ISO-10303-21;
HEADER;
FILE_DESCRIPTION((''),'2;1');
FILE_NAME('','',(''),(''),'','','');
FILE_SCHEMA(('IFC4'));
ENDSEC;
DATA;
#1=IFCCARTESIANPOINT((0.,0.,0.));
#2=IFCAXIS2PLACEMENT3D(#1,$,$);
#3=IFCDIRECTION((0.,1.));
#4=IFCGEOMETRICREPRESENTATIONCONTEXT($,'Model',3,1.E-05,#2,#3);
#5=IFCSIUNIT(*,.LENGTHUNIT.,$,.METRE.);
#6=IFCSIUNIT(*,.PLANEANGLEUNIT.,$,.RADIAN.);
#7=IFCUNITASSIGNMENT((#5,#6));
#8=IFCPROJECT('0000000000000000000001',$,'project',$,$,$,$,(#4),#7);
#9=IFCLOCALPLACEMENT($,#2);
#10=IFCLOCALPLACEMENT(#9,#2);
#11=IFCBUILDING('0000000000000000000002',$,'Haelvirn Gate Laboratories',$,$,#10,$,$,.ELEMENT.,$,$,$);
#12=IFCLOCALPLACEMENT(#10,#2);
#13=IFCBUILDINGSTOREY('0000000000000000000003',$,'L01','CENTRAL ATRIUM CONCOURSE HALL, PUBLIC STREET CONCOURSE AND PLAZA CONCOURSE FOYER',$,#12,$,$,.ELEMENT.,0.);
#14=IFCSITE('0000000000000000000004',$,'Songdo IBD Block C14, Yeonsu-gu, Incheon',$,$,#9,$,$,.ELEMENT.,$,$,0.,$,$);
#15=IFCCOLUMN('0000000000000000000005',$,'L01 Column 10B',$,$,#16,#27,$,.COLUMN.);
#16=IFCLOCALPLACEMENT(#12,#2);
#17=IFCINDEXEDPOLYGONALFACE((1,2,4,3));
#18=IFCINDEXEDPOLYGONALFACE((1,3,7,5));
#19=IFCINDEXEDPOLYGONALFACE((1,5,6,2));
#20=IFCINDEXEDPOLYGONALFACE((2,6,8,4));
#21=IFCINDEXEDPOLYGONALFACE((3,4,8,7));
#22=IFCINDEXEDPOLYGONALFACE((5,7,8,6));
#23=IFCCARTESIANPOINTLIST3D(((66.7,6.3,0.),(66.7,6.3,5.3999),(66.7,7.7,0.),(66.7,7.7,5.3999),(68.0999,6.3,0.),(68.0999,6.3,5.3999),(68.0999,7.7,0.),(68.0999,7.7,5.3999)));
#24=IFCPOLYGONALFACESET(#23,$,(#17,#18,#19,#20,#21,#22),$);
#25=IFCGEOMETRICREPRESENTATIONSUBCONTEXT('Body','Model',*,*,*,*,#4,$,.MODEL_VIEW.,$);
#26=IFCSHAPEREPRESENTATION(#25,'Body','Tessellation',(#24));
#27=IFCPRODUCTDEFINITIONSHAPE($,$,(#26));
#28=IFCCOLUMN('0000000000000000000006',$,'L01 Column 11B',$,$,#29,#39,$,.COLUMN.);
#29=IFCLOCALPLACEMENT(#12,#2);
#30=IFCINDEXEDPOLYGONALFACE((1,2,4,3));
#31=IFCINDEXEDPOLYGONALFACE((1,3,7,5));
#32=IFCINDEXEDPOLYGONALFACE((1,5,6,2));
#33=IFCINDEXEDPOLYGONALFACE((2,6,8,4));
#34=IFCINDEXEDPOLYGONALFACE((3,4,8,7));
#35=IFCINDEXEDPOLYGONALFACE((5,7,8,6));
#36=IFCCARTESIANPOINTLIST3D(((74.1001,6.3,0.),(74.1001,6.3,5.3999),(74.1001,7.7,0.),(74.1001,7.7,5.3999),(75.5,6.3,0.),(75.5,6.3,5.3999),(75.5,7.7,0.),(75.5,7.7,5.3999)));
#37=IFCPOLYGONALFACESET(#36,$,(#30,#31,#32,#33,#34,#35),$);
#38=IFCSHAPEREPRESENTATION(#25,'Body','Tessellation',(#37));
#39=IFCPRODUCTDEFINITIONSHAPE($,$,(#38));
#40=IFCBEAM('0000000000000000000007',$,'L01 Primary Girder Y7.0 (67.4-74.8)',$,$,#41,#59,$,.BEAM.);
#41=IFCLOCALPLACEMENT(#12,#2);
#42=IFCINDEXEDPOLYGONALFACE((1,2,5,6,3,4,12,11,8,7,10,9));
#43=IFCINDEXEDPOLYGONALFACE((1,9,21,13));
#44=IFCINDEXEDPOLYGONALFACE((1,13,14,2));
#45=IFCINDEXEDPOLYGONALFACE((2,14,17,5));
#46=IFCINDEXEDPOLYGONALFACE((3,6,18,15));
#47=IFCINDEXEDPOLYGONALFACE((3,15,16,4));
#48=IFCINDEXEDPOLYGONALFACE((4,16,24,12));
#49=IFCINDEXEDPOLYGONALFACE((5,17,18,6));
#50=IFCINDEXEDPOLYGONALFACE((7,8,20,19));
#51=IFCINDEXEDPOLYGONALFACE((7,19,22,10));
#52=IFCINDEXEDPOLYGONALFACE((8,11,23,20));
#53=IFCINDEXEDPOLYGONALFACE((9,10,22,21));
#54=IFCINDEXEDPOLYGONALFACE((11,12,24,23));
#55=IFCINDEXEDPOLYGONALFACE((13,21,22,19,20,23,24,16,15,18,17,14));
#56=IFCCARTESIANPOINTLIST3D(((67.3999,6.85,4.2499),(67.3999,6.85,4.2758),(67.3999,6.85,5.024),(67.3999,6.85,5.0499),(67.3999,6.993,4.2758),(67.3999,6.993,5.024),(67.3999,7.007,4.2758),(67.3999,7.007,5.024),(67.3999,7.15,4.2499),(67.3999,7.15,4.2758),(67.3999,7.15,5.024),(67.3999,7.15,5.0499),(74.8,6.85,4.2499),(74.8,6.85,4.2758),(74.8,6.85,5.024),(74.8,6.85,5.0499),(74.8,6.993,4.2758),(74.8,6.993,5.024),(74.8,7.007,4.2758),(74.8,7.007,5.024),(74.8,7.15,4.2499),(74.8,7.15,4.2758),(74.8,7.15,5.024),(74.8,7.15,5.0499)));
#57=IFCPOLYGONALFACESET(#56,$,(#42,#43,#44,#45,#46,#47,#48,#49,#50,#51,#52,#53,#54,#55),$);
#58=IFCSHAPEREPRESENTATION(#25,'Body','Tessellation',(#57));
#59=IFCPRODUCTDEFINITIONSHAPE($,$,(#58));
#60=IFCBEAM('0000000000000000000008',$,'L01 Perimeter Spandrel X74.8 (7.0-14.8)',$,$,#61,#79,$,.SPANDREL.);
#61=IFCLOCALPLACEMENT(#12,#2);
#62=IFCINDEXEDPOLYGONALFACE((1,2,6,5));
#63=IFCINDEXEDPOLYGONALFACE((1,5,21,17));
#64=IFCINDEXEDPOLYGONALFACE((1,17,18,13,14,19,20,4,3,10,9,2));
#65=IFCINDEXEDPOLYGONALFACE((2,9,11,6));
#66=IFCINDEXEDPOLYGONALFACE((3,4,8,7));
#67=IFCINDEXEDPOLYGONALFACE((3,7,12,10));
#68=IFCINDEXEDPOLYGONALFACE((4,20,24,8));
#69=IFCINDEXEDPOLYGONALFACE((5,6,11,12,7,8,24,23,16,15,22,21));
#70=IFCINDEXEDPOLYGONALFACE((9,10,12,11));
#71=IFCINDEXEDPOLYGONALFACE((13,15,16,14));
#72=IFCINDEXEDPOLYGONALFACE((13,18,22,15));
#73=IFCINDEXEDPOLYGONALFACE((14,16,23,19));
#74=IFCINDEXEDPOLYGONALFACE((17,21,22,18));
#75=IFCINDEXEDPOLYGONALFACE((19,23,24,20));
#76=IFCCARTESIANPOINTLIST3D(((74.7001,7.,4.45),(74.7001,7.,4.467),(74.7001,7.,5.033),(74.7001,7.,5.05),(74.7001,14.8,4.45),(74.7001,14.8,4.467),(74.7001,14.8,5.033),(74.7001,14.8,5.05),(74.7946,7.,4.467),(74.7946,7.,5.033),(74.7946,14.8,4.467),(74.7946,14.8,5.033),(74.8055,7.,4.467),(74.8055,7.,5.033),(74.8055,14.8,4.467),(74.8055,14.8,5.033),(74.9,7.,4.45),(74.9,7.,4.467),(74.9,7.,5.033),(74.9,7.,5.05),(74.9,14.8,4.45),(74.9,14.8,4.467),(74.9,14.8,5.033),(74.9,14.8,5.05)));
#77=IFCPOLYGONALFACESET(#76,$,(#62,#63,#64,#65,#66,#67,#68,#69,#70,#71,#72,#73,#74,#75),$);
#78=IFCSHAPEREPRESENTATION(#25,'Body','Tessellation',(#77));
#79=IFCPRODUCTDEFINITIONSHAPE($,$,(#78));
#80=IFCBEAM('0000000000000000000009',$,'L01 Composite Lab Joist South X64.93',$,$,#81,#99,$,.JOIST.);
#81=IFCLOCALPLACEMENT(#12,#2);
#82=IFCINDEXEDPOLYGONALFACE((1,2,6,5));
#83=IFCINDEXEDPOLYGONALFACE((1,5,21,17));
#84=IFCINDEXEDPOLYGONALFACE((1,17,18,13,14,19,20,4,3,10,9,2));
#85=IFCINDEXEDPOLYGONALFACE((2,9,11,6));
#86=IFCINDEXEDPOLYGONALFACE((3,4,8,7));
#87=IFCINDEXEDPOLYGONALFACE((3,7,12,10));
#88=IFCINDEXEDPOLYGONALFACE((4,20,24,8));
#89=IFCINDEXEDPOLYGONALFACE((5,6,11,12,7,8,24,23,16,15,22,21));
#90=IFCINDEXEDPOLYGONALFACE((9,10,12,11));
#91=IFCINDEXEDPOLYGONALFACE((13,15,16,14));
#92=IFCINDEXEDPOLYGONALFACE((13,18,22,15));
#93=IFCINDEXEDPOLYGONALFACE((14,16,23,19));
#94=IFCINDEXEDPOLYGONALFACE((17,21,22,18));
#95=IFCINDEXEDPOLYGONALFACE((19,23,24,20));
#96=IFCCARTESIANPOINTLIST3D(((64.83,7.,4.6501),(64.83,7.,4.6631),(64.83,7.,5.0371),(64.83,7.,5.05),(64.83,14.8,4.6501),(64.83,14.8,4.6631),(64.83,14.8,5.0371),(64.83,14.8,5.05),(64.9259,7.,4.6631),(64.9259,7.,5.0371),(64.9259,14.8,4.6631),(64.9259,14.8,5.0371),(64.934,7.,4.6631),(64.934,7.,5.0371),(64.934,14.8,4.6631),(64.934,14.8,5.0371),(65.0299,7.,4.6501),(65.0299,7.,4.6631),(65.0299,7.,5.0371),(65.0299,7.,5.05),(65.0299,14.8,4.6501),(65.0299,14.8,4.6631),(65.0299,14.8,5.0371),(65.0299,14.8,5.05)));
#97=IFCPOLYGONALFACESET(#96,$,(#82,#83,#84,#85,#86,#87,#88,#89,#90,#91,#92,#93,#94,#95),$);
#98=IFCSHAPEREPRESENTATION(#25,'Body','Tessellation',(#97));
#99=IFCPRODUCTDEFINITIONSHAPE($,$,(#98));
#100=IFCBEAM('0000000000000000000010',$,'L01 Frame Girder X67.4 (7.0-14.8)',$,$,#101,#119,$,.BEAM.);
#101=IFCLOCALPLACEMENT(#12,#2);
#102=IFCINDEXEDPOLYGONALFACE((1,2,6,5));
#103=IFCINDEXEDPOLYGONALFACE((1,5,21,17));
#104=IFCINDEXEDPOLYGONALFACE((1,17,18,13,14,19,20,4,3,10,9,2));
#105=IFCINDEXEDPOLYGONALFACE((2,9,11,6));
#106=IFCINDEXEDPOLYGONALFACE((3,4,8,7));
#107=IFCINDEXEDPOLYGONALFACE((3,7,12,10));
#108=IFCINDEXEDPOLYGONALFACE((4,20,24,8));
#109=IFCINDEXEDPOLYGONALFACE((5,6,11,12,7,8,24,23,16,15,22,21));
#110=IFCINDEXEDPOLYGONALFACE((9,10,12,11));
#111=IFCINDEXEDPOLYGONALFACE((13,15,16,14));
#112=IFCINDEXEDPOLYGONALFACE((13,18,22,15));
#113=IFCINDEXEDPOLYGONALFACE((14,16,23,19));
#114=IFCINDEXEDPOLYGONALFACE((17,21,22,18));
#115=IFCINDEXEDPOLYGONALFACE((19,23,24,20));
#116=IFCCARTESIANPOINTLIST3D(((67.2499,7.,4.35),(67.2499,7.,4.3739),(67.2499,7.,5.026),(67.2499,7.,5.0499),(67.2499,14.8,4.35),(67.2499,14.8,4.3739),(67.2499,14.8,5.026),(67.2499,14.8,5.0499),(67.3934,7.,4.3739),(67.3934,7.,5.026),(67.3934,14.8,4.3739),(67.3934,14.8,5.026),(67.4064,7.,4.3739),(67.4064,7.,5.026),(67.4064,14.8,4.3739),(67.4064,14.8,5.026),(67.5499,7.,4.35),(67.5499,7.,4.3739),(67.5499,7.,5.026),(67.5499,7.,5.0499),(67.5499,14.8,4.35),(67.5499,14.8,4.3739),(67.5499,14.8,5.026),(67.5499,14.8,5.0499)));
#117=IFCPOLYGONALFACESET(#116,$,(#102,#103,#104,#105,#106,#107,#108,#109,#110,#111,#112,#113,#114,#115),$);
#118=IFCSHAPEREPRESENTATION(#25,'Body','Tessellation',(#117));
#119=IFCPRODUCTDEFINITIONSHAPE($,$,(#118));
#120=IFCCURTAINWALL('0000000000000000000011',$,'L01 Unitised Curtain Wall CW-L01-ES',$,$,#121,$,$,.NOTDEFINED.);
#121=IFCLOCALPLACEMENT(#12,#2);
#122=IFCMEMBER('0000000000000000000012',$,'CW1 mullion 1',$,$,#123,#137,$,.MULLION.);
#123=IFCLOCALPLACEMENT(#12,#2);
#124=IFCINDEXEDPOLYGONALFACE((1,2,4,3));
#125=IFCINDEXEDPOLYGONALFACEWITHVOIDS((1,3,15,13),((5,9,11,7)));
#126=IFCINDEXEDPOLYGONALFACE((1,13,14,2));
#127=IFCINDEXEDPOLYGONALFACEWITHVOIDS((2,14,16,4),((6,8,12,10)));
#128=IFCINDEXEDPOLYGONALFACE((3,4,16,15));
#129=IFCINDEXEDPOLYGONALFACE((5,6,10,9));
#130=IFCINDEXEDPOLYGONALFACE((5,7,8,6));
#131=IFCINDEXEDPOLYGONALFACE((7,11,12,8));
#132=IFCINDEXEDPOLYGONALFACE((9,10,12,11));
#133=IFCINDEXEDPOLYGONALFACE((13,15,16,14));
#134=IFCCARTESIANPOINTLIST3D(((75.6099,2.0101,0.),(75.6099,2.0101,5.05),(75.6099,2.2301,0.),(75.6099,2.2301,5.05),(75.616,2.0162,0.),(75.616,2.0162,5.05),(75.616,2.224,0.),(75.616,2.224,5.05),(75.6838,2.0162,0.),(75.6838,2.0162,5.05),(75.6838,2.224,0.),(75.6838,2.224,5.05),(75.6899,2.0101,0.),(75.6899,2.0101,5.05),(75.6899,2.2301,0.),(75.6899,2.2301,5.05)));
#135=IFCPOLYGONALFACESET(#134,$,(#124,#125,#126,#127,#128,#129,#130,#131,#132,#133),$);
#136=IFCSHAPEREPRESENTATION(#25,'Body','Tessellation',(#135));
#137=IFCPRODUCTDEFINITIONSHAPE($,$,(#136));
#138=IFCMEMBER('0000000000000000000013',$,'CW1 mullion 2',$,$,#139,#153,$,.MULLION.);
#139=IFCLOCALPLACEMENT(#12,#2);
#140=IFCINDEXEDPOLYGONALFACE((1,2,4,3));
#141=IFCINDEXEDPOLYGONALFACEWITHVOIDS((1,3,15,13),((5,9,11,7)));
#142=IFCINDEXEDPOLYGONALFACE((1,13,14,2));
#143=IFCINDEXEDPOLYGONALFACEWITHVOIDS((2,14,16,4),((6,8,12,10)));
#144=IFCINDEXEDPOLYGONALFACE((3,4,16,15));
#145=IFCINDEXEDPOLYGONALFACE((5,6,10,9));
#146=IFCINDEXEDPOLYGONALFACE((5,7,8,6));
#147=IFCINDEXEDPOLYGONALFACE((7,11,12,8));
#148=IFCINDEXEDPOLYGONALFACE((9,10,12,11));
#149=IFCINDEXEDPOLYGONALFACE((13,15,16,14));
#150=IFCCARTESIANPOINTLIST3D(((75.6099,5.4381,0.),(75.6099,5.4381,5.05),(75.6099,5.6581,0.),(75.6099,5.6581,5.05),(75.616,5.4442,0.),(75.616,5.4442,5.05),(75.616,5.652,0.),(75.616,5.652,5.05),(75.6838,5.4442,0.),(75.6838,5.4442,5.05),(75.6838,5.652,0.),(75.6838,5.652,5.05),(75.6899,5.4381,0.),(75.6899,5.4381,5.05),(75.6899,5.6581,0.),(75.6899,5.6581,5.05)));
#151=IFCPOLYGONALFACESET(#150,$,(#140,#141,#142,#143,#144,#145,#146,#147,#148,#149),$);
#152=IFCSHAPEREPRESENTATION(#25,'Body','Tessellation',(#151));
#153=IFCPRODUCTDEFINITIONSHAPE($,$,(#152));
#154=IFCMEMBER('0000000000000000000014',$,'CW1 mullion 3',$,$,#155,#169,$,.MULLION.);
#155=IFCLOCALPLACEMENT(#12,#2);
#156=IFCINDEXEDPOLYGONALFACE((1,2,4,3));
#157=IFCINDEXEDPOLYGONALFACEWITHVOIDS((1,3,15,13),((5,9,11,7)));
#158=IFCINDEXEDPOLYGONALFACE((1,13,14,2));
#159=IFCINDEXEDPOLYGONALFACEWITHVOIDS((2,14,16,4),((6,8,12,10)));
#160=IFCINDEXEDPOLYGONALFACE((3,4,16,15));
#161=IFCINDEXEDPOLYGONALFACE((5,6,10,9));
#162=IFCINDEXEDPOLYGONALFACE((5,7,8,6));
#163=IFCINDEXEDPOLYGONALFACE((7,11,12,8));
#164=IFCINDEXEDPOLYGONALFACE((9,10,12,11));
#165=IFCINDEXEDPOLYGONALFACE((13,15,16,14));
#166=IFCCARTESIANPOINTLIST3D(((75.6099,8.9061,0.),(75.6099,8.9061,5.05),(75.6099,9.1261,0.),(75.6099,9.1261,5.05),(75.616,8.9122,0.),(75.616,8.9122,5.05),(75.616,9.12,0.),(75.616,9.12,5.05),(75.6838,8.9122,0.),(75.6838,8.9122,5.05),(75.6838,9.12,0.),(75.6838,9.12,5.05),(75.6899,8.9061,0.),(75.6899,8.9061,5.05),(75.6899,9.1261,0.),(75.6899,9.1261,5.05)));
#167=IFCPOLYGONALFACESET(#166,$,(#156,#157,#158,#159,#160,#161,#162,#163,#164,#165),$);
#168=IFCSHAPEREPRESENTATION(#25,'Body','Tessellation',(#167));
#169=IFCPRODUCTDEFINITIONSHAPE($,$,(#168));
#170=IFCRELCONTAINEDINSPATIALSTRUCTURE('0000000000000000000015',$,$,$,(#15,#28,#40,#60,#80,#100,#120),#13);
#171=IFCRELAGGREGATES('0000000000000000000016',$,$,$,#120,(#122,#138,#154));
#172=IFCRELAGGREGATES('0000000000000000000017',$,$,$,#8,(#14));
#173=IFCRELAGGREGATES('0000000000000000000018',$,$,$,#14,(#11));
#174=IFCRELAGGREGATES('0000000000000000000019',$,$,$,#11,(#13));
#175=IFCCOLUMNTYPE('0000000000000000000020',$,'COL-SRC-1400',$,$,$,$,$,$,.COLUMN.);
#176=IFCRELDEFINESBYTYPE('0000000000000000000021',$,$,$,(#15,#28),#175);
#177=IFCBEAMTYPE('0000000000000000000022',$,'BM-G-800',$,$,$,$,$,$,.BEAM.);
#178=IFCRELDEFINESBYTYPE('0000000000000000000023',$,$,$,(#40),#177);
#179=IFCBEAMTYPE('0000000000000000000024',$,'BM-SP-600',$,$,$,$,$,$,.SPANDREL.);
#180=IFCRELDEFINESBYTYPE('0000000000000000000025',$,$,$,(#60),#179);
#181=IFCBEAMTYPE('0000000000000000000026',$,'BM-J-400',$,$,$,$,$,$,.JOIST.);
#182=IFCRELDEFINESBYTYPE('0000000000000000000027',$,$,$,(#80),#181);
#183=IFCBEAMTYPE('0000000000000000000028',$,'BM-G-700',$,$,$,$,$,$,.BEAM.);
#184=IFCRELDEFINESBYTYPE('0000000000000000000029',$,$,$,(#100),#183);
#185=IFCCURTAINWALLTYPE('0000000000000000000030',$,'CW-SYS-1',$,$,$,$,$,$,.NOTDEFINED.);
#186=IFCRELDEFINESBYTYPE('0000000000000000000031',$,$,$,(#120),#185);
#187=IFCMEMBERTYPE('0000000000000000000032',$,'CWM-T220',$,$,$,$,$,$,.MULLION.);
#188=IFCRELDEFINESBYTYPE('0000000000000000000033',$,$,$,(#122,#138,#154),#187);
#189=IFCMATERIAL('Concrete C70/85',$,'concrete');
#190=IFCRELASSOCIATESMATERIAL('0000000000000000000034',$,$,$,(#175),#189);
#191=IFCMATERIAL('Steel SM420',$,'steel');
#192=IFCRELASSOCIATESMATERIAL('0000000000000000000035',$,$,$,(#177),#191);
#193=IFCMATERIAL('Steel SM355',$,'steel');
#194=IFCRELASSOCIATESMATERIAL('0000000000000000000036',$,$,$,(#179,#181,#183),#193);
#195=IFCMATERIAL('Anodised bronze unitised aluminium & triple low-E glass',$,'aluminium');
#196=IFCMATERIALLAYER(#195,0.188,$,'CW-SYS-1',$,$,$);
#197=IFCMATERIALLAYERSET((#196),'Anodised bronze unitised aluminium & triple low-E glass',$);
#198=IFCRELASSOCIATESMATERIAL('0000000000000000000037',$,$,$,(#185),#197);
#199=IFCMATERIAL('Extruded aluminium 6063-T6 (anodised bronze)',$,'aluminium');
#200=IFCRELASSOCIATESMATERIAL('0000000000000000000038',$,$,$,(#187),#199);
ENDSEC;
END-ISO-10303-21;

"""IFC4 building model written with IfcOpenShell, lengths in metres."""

from ifc_helpers import new_model, si_unit, direction, frame, origin, origin_2d, place, context, subcontext, project, spatial, rectangle, hollow_rectangle, i_section, extrude, source, transform, mapped, material, layer, layer_set, material_profile, profile_set, type_object, type_shapes, element, aggregate, save


model = new_model("IFC4")

# Units and contexts
model_context = context("Model", 3, precision=1e-05, world=origin(), true_north=direction((0.0, 1.0)))
body_context = subcontext(model_context, "Body", "Model", "MODEL_VIEW")
ifc_project = project(units=[si_unit("LENGTHUNIT", "METRE"), si_unit("PLANEANGLEUNIT", "RADIAN")], contexts=[model_context])

# Site, building, storey
site_placement = place(None, origin())
site = spatial("IfcSite", under=ifc_project, at=site_placement, Name="Songdo IBD Block C14, Yeonsu-gu, Incheon", CompositionType="ELEMENT", RefElevation=0.0)
building_placement = place(site_placement, origin())
building = spatial("IfcBuilding", under=site, at=building_placement, Name="Haelvirn Gate Laboratories", CompositionType="ELEMENT")
storey_placement = place(building_placement, origin())
storey = spatial("IfcBuildingStorey", under=building, at=storey_placement, Name="L01", Description="CENTRAL ATRIUM CONCOURSE HALL, PUBLIC STREET CONCOURSE AND PLAZA CONCOURSE FOYER", CompositionType="ELEMENT", Elevation=0.0)

# Columns
ifc_material_1 = material(Name="Concrete C70/85", Category="concrete")
ifc_material_profile_1 = material_profile(ifc_material_1, rectangle(XDim=1.3999, YDim=1.3999, at=origin_2d()), Name="SRC-1400x1400")
ifc_profile_set_1 = profile_set([ifc_material_profile_1], Name="Concrete C70/85")
column_type = type_object("IfcColumnType", Name="COL-SRC-1400", PredefinedType="COLUMN", material=ifc_profile_set_1)
shared_shape_1 = source(origin(), body_context, "Body", "SweptSolid", [
    extrude(rectangle(XDim=1.3999, YDim=1.3999, at=origin_2d()), origin(), (0.0, 0.0, 1.0), 5.3999),
])
type_shapes(column_type, [shared_shape_1])
for number, where, z_axis, x_axis, name in (
    (1, (67.3999, 7.0, 0.0), (0.0, 0.0, 1.0), (1.0, 0.0, 0.0), "L01 Column 10B"),
    (2, (74.8, 7.0, 0.0), (0.0, 0.0, 1.0), (1.0, 0.0, 0.0), "L01 Column 11B"),
):
    element("IfcColumn", number, at=place(storey_placement, frame(where, z_axis=z_axis, x_axis=x_axis)), inside=storey, type_object=column_type, Name=name, PredefinedType="COLUMN", context=body_context, shape_type="MappedRepresentation", body=[
        mapped(shared_shape_1, transform((0.0, 0.0, 0.0), scale=1.0)),
    ])

# Beams
ifc_material_2 = material(Name="Steel SM420", Category="steel")
ifc_material_profile_2 = material_profile(ifc_material_2, i_section(OverallWidth=0.3, OverallDepth=0.8, WebThickness=0.0139, FlangeThickness=0.0259, at=origin_2d()), Name="H-800x300x14x26")
ifc_profile_set_2 = profile_set([ifc_material_profile_2], Name="Steel SM420")
beam_type_1 = type_object("IfcBeamType", Name="BM-G-800", PredefinedType="BEAM", material=ifc_profile_set_2)
shared_shape_2 = source(origin(), body_context, "Body", "SweptSolid", [
    extrude(i_section(OverallWidth=0.3, OverallDepth=0.8, WebThickness=0.0139, FlangeThickness=0.0259, at=origin_2d()), origin(), (0.0, 0.0, 1.0), 7.4001),
])
type_shapes(beam_type_1, [shared_shape_2])
beam_1_placement = place(storey_placement, frame((67.3999, 7.0, 4.6499), z_axis=(1.0, 0.0, 0.0), x_axis=(0.0, 1.0, 0.0)))
element("IfcBeam", 3, at=beam_1_placement, inside=storey, type_object=beam_type_1, Name="L01 Primary Girder Y7.0 (67.4-74.8)", PredefinedType="BEAM", context=body_context, shape_type="MappedRepresentation", body=[
    mapped(shared_shape_2, transform((0.0, 0.0, 0.0), scale=1.0)),
])
ifc_material_3 = material(Name="Steel SM355", Category="steel")
ifc_material_profile_3 = material_profile(ifc_material_3, i_section(OverallWidth=0.2, OverallDepth=0.6001, WebThickness=0.011, FlangeThickness=0.0171, at=origin_2d()), Name="H-600x200x11x17")
ifc_profile_set_3 = profile_set([ifc_material_profile_3], Name="Steel SM355")
beam_type_2 = type_object("IfcBeamType", Name="BM-SP-600", PredefinedType="SPANDREL", material=ifc_profile_set_3)
shared_shape_3 = source(origin(), body_context, "Body", "SweptSolid", [
    extrude(i_section(OverallWidth=0.2, OverallDepth=0.6001, WebThickness=0.011, FlangeThickness=0.0171, at=origin_2d()), origin(), (0.0, 0.0, 1.0), 7.8),
])
type_shapes(beam_type_2, [shared_shape_3])
beam_2_placement = place(storey_placement, frame((74.8, 7.0, 4.75), z_axis=(0.0, 1.0, 0.0), x_axis=(-1.0, 0.0, 0.0)))
element("IfcBeam", 4, at=beam_2_placement, inside=storey, type_object=beam_type_2, Name="L01 Perimeter Spandrel X74.8 (7.0-14.8)", PredefinedType="SPANDREL", context=body_context, shape_type="MappedRepresentation", body=[
    mapped(shared_shape_3, transform((0.0, 0.0, 0.0), scale=1.0)),
])
ifc_material_profile_4 = material_profile(ifc_material_3, i_section(OverallWidth=0.2, OverallDepth=0.3999, WebThickness=0.0081, FlangeThickness=0.0129, at=origin_2d()), Name="H-400x200x8x13")
ifc_profile_set_4 = profile_set([ifc_material_profile_4], Name="Steel SM355")
beam_type_3 = type_object("IfcBeamType", Name="BM-J-400", PredefinedType="JOIST", material=ifc_profile_set_4)
shared_shape_4 = source(origin(), body_context, "Body", "SweptSolid", [
    extrude(i_section(OverallWidth=0.2, OverallDepth=0.3999, WebThickness=0.0081, FlangeThickness=0.0129, at=origin_2d()), origin(), (0.0, 0.0, 1.0), 7.8),
])
type_shapes(beam_type_3, [shared_shape_4])
beam_3_placement = place(storey_placement, frame((64.9299, 7.0, 4.8501), z_axis=(0.0, 1.0, 0.0), x_axis=(-1.0, 0.0, 0.0)))
element("IfcBeam", 5, at=beam_3_placement, inside=storey, type_object=beam_type_3, Name="L01 Composite Lab Joist South X64.93", PredefinedType="JOIST", context=body_context, shape_type="MappedRepresentation", body=[
    mapped(shared_shape_4, transform((0.0, 0.0, 0.0), scale=1.0)),
])
ifc_material_profile_5 = material_profile(ifc_material_3, i_section(OverallWidth=0.3, OverallDepth=0.7, WebThickness=0.0129, FlangeThickness=0.0239, at=origin_2d()), Name="H-700x300x13x24")
ifc_profile_set_5 = profile_set([ifc_material_profile_5], Name="Steel SM355")
beam_type_4 = type_object("IfcBeamType", Name="BM-G-700", PredefinedType="BEAM", material=ifc_profile_set_5)
shared_shape_5 = source(origin(), body_context, "Body", "SweptSolid", [
    extrude(i_section(OverallWidth=0.3, OverallDepth=0.7, WebThickness=0.0129, FlangeThickness=0.0239, at=origin_2d()), origin(), (0.0, 0.0, 1.0), 7.8),
])
type_shapes(beam_type_4, [shared_shape_5])
beam_4_placement = place(storey_placement, frame((67.3999, 7.0, 4.7), z_axis=(0.0, 1.0, 0.0), x_axis=(-1.0, 0.0, 0.0)))
element("IfcBeam", 6, at=beam_4_placement, inside=storey, type_object=beam_type_4, Name="L01 Frame Girder X67.4 (7.0-14.8)", PredefinedType="BEAM", context=body_context, shape_type="MappedRepresentation", body=[
    mapped(shared_shape_5, transform((0.0, 0.0, 0.0), scale=1.0)),
])

# Curtain wall, members
ifc_material_4 = material(Name="Anodised bronze unitised aluminium & triple low-E glass", Category="aluminium")
ifc_layer_1 = layer(ifc_material_4, 0.188, Name="CW-SYS-1")
ifc_layer_set_1 = layer_set([ifc_layer_1], Name="Anodised bronze unitised aluminium & triple low-E glass")
curtain_wall_type = type_object("IfcCurtainWallType", Name="CW-SYS-1", PredefinedType="NOTDEFINED", material=ifc_layer_set_1)
curtain_wall_placement = place(storey_placement, origin())
curtain_wall = element("IfcCurtainWall", 7, at=curtain_wall_placement, inside=storey, type_object=curtain_wall_type, Name="L01 Unitised Curtain Wall CW-L01-ES", PredefinedType="NOTDEFINED")
ifc_material_5 = material(Name="Extruded aluminium 6063-T6 (anodised bronze)", Category="aluminium")
ifc_material_profile_6 = material_profile(ifc_material_5, hollow_rectangle(XDim=0.0801, YDim=0.22, WallThickness=0.0061, at=origin_2d()), Name="CWM-220x80x6")
ifc_profile_set_6 = profile_set([ifc_material_profile_6], Name="Extruded aluminium 6063-T6 (anodised bronze)")
member_type_1 = type_object("IfcMemberType", Name="CWM-T220", PredefinedType="MULLION", material=ifc_profile_set_6)
shared_shape_6 = source(origin(), body_context, "Body", "SweptSolid", [
    extrude(hollow_rectangle(XDim=0.0801, YDim=0.22, WallThickness=0.0061, at=origin_2d()), origin(), (0.0, 0.0, 1.0), 5.05),
])
type_shapes(member_type_1, [shared_shape_6])
member_1_placement = place(storey_placement, frame((75.6499, 2.1201, 0.0), z_axis=(0.0, 0.0, 1.0), x_axis=(-1.0, 0.0, 0.0)))
member_1 = element("IfcMember", 8, at=member_1_placement, type_object=member_type_1, Name="CW1 mullion 1", PredefinedType="MULLION", context=body_context, shape_type="MappedRepresentation", body=[
    mapped(shared_shape_6, transform((0.0, 0.0, 0.0), scale=1.0)),
])
member_2_placement = place(storey_placement, frame((75.6499, 5.5481, 0.0), z_axis=(0.0, 0.0, 1.0), x_axis=(-1.0, 0.0, 0.0)))
member_2 = element("IfcMember", 9, at=member_2_placement, type_object=member_type_1, Name="CW1 mullion 2", PredefinedType="MULLION", context=body_context, shape_type="MappedRepresentation", body=[
    mapped(shared_shape_6, transform((0.0, 0.0, 0.0), scale=1.0)),
])
member_3_placement = place(storey_placement, frame((75.6499, 9.0161, 0.0), z_axis=(0.0, 0.0, 1.0), x_axis=(-1.0, 0.0, 0.0)))
member_3 = element("IfcMember", 10, at=member_3_placement, type_object=member_type_1, Name="CW1 mullion 3", PredefinedType="MULLION", context=body_context, shape_type="MappedRepresentation", body=[
    mapped(shared_shape_6, transform((0.0, 0.0, 0.0), scale=1.0)),
])
aggregate(curtain_wall, [member_1, member_2, member_3])

save(model, "model.ifc")
